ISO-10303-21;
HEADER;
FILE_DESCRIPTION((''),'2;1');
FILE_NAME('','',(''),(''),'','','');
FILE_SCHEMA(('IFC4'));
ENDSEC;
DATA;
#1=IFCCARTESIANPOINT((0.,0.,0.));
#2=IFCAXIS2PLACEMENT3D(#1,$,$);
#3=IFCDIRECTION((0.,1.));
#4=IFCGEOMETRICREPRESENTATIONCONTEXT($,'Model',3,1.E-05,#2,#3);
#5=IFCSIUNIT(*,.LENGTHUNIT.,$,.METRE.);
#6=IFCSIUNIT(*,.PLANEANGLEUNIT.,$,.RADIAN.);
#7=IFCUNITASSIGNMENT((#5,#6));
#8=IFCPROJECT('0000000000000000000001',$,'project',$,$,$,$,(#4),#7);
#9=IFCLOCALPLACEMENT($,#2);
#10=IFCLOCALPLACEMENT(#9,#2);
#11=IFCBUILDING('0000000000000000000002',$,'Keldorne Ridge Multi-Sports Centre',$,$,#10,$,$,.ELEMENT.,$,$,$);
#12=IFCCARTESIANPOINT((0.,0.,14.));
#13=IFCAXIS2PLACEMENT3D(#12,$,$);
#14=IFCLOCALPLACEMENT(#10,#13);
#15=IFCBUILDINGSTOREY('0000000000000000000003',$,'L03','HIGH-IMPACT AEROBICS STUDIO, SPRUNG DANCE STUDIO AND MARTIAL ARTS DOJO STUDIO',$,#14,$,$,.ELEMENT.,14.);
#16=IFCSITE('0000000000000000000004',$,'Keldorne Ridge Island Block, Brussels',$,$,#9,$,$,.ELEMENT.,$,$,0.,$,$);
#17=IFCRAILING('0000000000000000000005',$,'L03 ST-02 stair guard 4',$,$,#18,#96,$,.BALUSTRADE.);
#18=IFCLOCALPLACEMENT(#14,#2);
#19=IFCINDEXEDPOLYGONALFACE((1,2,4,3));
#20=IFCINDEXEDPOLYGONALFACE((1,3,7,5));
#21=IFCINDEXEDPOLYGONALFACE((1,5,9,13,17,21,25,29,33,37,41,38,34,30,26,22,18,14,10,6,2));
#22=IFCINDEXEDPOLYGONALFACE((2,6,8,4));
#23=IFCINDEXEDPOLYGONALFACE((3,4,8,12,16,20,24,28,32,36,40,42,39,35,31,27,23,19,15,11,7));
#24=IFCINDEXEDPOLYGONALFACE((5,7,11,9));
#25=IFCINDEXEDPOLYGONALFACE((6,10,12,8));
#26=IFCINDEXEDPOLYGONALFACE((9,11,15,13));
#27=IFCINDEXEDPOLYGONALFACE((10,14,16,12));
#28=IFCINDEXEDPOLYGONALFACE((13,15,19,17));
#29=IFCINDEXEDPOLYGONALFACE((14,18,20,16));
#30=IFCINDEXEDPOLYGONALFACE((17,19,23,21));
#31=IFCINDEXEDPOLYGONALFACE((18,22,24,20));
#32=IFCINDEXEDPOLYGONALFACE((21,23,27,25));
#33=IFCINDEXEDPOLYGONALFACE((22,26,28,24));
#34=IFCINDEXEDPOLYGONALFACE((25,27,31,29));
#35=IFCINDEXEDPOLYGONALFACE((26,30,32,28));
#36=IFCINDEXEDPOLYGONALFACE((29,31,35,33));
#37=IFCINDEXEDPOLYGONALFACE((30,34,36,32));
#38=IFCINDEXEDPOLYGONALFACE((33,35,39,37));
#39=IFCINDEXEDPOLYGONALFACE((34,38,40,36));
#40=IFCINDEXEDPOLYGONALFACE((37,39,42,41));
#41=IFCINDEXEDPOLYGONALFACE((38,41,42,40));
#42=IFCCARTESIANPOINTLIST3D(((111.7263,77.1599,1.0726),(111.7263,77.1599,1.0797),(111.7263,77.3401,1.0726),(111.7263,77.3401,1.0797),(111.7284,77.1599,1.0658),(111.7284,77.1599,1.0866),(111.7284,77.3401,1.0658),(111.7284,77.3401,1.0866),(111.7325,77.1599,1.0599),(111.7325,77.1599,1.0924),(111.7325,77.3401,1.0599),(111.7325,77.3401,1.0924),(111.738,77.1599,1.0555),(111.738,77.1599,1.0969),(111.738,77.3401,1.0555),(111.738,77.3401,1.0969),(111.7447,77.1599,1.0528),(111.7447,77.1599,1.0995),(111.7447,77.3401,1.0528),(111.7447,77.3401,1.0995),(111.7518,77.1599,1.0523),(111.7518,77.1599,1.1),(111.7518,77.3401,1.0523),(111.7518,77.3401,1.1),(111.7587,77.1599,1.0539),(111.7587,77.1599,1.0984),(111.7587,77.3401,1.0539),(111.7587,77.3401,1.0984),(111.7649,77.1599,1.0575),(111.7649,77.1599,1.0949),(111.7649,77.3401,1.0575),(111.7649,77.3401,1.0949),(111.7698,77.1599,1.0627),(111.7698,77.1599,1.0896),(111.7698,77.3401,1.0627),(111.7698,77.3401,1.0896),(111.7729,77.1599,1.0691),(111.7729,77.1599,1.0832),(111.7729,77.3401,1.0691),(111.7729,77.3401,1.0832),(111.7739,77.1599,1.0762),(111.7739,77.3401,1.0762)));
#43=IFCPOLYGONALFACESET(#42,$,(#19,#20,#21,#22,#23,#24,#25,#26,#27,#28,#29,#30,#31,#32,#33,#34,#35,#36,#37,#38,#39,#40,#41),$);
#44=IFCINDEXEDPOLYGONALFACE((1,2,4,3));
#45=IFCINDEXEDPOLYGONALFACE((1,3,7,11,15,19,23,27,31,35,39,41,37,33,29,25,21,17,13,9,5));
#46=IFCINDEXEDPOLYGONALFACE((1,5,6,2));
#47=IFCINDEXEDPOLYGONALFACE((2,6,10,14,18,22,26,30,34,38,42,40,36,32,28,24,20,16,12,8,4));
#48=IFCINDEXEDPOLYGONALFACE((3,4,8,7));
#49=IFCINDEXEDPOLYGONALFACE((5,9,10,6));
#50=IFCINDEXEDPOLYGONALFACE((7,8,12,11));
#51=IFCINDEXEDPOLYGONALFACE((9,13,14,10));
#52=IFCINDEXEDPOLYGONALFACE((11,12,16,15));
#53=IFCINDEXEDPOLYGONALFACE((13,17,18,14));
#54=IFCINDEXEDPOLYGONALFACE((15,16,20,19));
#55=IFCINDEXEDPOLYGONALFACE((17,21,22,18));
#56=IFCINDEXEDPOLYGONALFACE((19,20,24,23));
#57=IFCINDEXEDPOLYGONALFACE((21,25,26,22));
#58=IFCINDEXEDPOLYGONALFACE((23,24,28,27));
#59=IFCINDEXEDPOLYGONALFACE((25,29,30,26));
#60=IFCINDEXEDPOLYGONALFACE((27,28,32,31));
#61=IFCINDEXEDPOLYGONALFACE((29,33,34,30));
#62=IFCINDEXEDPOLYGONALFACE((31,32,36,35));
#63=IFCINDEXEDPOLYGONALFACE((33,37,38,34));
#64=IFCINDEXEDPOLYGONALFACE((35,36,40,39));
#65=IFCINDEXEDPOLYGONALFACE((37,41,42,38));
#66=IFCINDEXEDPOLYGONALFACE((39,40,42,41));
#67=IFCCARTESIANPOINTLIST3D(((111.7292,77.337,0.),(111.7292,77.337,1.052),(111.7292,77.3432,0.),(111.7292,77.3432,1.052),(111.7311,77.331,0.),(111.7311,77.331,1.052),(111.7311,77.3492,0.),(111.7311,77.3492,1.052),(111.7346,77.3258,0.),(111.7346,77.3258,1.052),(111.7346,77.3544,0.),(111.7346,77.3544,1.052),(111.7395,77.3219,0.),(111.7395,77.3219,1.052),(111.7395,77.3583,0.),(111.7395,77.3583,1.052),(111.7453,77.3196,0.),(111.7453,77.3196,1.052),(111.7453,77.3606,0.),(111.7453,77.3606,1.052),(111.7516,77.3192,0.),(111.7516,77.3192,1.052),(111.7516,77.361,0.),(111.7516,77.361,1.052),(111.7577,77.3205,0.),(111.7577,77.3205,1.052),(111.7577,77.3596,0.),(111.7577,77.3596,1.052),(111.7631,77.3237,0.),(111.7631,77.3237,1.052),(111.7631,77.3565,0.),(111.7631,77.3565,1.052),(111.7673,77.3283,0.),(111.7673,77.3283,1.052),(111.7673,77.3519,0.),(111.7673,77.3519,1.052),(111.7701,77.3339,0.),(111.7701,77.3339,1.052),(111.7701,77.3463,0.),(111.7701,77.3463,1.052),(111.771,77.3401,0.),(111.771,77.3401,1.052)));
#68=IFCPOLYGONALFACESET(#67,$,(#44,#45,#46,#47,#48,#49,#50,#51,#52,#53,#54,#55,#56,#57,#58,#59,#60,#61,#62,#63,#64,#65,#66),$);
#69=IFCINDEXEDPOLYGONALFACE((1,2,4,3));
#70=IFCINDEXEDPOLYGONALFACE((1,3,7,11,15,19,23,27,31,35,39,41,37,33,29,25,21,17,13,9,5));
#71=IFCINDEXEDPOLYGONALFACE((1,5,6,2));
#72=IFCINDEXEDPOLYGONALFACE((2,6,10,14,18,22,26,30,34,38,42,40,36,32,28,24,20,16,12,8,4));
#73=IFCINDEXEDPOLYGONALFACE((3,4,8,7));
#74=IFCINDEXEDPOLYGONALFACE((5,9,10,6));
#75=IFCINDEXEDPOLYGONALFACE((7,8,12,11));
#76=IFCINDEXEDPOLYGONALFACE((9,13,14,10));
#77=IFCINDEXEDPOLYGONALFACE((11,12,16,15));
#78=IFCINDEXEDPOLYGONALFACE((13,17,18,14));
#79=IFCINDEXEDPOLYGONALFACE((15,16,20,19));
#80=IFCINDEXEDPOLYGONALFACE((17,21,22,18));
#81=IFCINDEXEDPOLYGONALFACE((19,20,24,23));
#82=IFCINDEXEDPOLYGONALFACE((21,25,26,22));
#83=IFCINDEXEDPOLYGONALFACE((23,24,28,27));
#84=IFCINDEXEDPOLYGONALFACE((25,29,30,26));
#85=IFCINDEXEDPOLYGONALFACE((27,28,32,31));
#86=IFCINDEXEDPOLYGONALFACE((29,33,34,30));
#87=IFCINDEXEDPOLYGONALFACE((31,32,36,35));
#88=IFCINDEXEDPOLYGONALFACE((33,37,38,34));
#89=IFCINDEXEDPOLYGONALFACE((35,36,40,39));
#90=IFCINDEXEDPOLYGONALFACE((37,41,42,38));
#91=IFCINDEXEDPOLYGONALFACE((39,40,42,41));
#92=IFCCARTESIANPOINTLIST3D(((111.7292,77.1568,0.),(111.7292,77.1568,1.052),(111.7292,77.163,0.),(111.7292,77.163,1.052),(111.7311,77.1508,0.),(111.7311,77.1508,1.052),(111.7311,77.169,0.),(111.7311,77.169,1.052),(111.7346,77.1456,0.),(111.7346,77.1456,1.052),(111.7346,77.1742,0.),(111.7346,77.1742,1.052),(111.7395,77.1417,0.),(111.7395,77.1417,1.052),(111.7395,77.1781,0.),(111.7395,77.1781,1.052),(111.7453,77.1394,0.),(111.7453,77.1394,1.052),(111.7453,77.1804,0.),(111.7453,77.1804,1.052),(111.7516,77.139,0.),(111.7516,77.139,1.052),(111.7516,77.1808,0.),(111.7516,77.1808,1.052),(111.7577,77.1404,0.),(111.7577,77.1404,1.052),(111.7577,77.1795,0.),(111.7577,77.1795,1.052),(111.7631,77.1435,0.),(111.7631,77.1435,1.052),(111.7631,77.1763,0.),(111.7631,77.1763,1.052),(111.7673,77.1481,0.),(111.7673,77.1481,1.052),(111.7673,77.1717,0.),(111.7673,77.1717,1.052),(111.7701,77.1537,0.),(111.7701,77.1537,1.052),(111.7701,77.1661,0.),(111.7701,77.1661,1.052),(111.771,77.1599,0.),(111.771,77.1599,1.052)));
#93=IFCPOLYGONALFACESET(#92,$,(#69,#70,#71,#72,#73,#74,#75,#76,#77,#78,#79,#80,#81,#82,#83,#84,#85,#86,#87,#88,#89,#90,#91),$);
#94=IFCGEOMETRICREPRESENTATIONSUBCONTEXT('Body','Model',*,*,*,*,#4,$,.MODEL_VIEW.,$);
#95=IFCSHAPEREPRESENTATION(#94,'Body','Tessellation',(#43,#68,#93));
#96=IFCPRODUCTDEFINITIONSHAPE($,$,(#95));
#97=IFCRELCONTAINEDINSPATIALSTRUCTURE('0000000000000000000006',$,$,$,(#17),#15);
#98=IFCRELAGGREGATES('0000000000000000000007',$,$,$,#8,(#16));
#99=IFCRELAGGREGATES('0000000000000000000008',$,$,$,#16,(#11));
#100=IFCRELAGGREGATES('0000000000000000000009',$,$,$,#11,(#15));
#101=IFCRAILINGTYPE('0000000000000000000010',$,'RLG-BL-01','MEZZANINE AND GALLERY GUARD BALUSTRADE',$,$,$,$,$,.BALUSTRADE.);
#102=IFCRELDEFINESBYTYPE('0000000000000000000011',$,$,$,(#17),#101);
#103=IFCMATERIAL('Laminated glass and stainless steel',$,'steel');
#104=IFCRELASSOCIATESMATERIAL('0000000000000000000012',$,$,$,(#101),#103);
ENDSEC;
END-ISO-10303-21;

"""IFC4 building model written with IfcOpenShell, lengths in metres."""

from ifc_helpers import new_model, si_unit, direction, frame, origin, origin_2d, place, context, subcontext, project, spatial, circle, extrude, material, type_object, element, save


model = new_model("IFC4")

# Units and contexts
model_context = context("Model", 3, precision=1e-05, world=origin(), true_north=direction((0.0, 1.0)))
body_context = subcontext(model_context, "Body", "Model", "MODEL_VIEW")
ifc_project = project(units=[si_unit("LENGTHUNIT", "METRE"), si_unit("PLANEANGLEUNIT", "RADIAN")], contexts=[model_context])

# Site, building, storey
site_placement = place(None, origin())
site = spatial("IfcSite", under=ifc_project, at=site_placement, Name="Keldorne Ridge Island Block, Brussels", CompositionType="ELEMENT", RefElevation=0.0)
building_placement = place(site_placement, origin())
building = spatial("IfcBuilding", under=site, at=building_placement, Name="Keldorne Ridge Multi-Sports Centre", CompositionType="ELEMENT")
storey_placement = place(building_placement, frame((0.0, 0.0, 14.0)))
storey = spatial("IfcBuildingStorey", under=building, at=storey_placement, Name="L03", Description="HIGH-IMPACT AEROBICS STUDIO, SPRUNG DANCE STUDIO AND MARTIAL ARTS DOJO STUDIO", CompositionType="ELEMENT", Elevation=14.0)

# Railing
ifc_material_1 = material(Name="Laminated glass and stainless steel", Category="steel")
railing_type_1 = type_object("IfcRailingType", Name="RLG-BL-01", Description="MEZZANINE AND GALLERY GUARD BALUSTRADE", PredefinedType="BALUSTRADE", material=ifc_material_1)
railing_1_placement = place(storey_placement, frame((111.75, 77.3401, 0.0)))
element("IfcRailing", 1, at=railing_1_placement, inside=storey, type_object=railing_type_1, Name="L03 ST-02 stair guard 4", PredefinedType="BALUSTRADE", context=body_context, shape_type="SweptSolid", body=[
    extrude(circle(Radius=0.0239, at=origin_2d()), frame((0.0, 0.0, 1.0762), z_axis=(0.0, -1.0, 0.0), x_axis=(1.0, 0.0, 0.0)), (0.0, 0.0, 1.0), 0.1802),
    extrude(circle(Radius=0.021, at=origin_2d()), origin(), (0.0, 0.0, 1.0), 1.052),
    extrude(circle(Radius=0.021, at=origin_2d()), frame((0.0, -0.1802, 0.0)), (0.0, 0.0, 1.0), 1.052),
])

save(model, "model.ifc")
